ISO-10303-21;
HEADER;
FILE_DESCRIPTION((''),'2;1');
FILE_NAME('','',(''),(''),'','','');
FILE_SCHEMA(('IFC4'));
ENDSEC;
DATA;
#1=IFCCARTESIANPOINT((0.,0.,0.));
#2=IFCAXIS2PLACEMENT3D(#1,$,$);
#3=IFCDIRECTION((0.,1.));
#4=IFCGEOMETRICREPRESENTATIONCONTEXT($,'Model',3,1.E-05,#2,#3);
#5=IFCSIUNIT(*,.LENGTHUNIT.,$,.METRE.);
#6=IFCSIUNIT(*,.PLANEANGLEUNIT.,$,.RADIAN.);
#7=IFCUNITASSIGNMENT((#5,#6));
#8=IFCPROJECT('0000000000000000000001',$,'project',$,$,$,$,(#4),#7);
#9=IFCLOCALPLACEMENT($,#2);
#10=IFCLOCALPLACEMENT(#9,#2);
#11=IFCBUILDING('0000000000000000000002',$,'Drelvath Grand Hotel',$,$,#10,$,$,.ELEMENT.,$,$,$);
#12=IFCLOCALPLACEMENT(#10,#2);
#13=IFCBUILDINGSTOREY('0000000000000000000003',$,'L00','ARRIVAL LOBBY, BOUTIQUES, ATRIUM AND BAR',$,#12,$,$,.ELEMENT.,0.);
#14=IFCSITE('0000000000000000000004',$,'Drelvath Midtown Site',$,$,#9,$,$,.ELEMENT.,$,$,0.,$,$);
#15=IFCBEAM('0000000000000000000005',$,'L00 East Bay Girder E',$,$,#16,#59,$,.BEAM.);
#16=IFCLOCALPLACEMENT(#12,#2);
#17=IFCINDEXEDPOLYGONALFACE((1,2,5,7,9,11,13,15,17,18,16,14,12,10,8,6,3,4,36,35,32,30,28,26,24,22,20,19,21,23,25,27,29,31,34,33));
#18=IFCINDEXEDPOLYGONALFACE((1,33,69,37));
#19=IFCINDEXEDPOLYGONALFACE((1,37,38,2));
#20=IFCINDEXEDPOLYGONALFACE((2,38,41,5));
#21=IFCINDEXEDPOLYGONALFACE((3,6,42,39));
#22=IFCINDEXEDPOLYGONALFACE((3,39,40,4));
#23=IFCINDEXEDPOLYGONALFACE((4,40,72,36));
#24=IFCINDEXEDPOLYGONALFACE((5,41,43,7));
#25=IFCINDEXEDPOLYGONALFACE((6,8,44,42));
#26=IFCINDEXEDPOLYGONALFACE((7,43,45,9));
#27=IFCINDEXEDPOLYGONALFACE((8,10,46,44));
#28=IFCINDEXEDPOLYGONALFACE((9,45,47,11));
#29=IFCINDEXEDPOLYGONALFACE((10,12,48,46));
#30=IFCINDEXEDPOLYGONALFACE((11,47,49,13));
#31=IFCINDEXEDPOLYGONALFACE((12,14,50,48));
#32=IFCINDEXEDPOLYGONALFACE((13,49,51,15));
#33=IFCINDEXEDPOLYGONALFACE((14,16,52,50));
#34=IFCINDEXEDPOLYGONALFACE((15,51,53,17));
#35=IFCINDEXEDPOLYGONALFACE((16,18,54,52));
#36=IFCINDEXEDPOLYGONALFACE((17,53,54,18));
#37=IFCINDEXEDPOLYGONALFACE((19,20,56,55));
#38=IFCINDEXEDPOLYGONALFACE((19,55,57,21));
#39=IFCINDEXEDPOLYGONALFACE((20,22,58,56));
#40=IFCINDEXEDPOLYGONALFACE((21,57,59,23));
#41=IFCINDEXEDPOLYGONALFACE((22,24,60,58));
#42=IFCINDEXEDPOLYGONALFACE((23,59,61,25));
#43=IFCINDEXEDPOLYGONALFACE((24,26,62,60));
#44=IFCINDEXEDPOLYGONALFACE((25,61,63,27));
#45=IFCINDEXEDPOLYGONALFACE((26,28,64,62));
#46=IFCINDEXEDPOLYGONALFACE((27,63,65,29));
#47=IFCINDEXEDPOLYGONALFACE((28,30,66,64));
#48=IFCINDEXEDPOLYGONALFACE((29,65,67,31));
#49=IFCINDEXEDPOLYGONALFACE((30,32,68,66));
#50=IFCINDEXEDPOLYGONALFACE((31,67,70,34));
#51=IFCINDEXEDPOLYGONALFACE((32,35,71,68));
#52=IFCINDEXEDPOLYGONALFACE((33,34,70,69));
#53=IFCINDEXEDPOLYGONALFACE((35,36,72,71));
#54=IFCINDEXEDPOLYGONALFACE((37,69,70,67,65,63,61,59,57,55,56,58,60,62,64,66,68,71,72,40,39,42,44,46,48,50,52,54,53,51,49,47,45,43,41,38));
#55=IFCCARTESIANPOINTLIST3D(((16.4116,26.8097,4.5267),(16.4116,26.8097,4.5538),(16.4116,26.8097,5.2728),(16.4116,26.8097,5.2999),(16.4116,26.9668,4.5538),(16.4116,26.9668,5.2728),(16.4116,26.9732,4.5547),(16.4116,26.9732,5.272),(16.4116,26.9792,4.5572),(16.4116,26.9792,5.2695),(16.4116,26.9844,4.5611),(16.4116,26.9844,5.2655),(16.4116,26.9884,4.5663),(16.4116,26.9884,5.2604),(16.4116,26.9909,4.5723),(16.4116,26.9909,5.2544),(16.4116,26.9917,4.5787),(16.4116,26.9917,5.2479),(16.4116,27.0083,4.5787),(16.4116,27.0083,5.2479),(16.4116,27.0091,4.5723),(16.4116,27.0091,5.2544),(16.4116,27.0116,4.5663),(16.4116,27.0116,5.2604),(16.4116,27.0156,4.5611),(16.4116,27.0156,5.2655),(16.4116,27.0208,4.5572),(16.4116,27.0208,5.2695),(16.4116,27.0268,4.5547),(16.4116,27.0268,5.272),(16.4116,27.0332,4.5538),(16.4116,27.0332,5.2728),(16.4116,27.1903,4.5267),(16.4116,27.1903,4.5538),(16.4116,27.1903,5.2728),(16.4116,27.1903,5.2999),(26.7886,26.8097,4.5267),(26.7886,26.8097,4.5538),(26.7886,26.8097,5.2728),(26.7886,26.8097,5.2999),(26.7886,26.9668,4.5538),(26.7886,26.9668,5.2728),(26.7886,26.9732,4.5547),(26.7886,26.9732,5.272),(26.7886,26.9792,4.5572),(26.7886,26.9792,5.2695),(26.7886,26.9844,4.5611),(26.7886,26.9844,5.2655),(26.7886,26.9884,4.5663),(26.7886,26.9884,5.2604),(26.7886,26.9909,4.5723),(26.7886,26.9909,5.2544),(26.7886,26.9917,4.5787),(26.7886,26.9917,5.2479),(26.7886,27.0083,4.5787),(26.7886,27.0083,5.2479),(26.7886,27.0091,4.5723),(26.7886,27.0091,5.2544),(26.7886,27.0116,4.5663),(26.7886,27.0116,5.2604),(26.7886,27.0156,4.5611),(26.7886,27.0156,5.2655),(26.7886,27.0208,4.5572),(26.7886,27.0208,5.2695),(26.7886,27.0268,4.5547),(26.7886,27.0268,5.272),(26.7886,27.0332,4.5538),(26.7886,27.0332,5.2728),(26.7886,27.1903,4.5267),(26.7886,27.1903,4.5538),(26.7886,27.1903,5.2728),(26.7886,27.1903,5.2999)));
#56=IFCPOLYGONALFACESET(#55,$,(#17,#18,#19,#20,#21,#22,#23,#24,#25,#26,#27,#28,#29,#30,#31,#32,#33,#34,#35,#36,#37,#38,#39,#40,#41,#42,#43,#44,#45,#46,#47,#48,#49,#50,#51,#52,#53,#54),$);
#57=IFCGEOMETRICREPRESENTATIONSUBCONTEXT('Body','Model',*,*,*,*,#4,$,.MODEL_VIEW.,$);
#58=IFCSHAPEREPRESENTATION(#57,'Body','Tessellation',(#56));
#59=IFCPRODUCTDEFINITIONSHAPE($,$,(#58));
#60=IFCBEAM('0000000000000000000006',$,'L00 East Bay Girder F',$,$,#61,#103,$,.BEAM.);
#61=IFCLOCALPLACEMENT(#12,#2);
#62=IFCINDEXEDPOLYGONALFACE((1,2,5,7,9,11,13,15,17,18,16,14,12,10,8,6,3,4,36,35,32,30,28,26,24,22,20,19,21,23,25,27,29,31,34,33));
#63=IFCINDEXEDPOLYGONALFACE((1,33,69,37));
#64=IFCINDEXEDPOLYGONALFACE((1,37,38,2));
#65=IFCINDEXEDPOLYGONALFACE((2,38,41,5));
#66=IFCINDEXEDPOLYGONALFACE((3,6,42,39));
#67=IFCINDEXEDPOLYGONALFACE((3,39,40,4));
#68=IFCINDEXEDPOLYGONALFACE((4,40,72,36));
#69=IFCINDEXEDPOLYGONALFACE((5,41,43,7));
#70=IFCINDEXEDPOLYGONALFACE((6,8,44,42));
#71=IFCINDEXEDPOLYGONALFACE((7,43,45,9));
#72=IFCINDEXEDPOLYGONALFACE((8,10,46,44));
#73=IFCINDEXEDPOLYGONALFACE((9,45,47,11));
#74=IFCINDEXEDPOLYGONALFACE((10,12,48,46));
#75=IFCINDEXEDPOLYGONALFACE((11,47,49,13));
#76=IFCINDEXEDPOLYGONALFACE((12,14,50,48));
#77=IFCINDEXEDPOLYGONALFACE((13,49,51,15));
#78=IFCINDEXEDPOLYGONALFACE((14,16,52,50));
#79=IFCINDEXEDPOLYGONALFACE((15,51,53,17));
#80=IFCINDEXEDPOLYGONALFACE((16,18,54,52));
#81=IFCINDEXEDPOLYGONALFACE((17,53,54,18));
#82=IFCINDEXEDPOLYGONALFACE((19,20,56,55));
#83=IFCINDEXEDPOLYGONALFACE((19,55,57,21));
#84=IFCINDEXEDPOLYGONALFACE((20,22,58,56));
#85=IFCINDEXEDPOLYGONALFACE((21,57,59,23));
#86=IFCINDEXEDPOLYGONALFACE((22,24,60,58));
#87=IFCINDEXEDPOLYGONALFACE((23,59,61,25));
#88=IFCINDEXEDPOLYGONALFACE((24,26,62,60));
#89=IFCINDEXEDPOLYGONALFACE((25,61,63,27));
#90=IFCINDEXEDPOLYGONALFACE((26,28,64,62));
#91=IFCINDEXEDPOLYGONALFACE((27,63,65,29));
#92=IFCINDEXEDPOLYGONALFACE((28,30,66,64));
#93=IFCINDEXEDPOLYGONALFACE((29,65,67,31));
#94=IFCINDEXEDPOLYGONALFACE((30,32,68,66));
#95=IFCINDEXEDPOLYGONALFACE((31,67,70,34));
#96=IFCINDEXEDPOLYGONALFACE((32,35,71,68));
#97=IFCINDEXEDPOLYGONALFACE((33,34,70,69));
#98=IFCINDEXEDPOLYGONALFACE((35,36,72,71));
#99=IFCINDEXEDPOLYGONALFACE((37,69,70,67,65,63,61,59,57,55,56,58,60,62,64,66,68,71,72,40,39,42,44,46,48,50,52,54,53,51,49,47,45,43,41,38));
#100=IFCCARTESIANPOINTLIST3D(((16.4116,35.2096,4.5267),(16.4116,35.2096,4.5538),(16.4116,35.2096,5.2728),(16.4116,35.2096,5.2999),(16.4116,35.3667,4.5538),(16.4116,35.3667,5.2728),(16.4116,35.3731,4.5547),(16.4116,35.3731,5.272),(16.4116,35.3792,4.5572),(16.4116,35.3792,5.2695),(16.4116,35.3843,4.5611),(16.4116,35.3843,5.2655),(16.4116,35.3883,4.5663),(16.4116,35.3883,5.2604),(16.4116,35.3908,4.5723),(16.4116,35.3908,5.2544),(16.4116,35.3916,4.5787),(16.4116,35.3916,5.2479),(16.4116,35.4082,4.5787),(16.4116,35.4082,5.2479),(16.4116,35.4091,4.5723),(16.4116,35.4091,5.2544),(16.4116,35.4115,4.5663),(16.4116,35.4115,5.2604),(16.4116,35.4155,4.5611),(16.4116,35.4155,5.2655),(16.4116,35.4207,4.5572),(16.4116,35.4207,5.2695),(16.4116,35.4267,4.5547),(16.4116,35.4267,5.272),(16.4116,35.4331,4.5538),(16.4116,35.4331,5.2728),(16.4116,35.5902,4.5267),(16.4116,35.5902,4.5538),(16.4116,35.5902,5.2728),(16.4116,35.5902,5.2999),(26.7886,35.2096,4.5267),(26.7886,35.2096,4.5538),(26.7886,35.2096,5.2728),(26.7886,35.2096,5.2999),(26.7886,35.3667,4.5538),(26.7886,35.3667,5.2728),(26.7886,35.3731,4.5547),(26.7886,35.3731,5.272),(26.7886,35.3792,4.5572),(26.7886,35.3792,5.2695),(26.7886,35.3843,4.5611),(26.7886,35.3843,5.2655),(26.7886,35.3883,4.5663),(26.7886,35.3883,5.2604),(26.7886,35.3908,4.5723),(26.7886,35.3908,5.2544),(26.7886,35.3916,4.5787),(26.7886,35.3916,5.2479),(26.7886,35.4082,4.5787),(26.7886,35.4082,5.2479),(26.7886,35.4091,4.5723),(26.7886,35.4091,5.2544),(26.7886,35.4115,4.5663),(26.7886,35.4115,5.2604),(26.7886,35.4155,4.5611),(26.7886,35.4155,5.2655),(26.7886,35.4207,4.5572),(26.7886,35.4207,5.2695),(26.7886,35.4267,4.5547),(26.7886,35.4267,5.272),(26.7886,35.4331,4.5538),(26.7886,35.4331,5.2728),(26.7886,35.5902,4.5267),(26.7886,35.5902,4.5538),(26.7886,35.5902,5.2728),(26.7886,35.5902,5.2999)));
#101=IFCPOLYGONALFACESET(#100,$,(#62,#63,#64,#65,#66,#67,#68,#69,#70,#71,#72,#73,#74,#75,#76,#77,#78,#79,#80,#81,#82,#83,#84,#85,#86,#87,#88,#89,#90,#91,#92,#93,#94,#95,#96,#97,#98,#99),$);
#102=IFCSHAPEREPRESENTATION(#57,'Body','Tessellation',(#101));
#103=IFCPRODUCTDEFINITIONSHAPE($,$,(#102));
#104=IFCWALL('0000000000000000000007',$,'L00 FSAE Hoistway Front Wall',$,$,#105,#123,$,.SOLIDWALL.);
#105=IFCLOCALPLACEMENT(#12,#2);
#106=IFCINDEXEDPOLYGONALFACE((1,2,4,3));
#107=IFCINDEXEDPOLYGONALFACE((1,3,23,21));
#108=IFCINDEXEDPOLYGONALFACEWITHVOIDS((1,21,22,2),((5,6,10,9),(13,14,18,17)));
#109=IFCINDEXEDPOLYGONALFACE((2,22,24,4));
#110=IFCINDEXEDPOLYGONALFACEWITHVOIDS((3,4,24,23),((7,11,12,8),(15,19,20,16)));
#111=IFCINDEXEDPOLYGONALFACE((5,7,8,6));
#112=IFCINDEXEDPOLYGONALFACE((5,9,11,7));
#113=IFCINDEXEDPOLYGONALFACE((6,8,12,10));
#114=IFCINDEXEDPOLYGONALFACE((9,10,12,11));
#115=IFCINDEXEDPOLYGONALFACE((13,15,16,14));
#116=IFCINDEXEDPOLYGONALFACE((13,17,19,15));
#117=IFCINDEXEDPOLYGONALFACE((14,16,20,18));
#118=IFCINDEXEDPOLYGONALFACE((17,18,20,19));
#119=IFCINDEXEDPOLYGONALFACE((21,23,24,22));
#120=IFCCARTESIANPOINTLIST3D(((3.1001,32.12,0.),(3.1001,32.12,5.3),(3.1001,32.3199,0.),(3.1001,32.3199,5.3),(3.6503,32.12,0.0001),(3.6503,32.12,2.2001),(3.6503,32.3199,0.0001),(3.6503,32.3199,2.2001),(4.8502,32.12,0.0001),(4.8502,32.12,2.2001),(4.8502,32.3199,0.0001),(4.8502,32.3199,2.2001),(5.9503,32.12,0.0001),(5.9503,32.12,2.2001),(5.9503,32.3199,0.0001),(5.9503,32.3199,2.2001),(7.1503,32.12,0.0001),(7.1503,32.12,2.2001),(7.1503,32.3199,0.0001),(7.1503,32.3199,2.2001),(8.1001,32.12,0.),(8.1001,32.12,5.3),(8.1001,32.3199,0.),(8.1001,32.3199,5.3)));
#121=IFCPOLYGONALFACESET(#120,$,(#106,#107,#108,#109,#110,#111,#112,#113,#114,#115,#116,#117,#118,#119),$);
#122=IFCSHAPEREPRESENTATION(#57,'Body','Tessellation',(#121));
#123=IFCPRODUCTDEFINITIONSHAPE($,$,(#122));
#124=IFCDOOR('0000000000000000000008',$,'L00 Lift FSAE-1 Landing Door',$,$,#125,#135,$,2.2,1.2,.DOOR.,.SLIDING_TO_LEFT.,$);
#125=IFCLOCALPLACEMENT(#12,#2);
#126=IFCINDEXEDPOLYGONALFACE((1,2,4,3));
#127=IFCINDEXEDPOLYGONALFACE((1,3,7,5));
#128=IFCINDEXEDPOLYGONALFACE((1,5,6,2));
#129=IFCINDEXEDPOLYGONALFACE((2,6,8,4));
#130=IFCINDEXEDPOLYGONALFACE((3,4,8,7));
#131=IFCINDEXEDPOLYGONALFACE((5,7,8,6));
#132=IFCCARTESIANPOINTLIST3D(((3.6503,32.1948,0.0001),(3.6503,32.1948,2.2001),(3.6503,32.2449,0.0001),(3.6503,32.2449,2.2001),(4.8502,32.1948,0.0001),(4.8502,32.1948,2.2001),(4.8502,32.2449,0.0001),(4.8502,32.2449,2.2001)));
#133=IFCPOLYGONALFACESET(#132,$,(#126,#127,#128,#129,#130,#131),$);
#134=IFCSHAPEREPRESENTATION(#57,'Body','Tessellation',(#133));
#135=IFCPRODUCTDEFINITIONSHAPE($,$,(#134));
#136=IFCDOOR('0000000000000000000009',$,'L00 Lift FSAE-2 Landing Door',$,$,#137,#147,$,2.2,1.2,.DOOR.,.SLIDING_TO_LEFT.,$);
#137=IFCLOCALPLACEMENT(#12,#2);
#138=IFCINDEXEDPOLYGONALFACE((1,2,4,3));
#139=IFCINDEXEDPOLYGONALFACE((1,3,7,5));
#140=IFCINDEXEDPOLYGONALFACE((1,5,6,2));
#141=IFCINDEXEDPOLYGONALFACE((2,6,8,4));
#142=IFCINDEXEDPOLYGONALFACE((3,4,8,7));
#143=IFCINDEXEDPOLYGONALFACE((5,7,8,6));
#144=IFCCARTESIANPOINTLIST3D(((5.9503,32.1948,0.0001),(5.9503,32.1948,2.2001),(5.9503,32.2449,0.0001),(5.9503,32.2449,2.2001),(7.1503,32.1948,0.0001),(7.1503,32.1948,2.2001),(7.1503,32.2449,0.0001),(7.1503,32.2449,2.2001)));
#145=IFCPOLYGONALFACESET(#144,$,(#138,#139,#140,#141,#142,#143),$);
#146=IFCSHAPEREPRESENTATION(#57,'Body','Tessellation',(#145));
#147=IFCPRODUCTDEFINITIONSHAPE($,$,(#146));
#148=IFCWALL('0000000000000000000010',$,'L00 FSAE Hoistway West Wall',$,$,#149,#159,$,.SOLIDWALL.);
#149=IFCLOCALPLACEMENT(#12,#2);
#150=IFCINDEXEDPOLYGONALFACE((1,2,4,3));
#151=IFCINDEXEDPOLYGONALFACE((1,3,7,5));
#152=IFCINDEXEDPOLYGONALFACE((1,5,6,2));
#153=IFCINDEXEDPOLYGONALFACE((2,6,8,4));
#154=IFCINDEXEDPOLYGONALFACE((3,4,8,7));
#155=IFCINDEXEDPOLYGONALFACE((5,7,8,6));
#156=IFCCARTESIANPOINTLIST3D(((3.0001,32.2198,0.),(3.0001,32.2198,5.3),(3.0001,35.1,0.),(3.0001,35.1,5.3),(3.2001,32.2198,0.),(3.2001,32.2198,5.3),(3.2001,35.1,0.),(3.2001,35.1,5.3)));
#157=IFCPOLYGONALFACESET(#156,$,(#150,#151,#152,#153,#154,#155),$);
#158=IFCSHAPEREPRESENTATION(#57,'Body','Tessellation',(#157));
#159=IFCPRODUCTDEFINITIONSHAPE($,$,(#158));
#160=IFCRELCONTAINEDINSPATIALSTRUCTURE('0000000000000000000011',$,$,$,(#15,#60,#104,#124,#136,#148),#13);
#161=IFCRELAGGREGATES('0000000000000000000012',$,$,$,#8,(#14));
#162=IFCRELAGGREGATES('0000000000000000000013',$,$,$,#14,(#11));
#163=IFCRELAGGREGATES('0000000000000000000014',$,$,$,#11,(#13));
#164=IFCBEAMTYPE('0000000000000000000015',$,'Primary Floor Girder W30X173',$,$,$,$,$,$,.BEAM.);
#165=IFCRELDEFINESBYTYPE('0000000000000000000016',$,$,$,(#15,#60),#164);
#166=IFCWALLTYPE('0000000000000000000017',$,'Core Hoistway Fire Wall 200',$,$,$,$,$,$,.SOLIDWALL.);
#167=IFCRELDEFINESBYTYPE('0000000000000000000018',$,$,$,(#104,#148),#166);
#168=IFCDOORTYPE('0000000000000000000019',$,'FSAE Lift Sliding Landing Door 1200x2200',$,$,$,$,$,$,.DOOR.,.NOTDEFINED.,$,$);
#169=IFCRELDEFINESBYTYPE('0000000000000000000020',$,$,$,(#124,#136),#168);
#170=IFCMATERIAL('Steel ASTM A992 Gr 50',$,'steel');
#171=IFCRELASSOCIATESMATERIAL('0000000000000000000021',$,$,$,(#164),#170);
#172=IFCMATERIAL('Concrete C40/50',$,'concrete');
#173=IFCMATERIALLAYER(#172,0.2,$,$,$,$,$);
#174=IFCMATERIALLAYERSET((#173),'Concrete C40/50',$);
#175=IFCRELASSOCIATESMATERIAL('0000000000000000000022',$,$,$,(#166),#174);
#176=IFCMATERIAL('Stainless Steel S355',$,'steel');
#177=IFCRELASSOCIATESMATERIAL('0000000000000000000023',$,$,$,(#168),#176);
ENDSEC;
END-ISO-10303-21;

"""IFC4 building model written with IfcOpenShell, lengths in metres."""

from ifc_helpers import new_model, si_unit, direction, frame, frame_2d, origin, origin_2d, place, context, subcontext, project, spatial, rectangle, i_section, extrude, material, layer, layer_set, material_profile, profile_set, type_object, element, fill, save


model = new_model("IFC4")

# Units and contexts
model_context = context("Model", 3, precision=1e-05, world=origin(), true_north=direction((0.0, 1.0)))
body_context = subcontext(model_context, "Body", "Model", "MODEL_VIEW")
ifc_project = project(units=[si_unit("LENGTHUNIT", "METRE"), si_unit("PLANEANGLEUNIT", "RADIAN")], contexts=[model_context])

# Site, building, storey
site_placement = place(None, origin())
site = spatial("IfcSite", under=ifc_project, at=site_placement, Name="Drelvath Midtown Site", CompositionType="ELEMENT", RefElevation=0.0)
building_placement = place(site_placement, origin())
building = spatial("IfcBuilding", under=site, at=building_placement, Name="Drelvath Grand Hotel", CompositionType="ELEMENT")
storey_placement = place(building_placement, origin())
storey = spatial("IfcBuildingStorey", under=building, at=storey_placement, Name="L00", Description="ARRIVAL LOBBY, BOUTIQUES, ATRIUM AND BAR", CompositionType="ELEMENT", Elevation=0.0)

# Beams
ifc_material_1 = material(Name="Steel ASTM A992 Gr 50", Category="steel")
ifc_material_profile_1 = material_profile(ifc_material_1, i_section(OverallWidth=0.3806, OverallDepth=0.7732, WebThickness=0.0166, FlangeThickness=0.0271, FilletRadius=0.0249, at=origin_2d()), Name="W30X173")
ifc_profile_set_1 = profile_set([ifc_material_profile_1], Name="Steel ASTM A992 Gr 50")
beam_type_1 = type_object("IfcBeamType", Name="Primary Floor Girder W30X173", PredefinedType="BEAM", material=ifc_profile_set_1)
for number, where, z_axis, x_axis, name in (
    (1, (16.4116, 27.0, 4.9133), (1.0, 0.0, 0.0), (0.0, 1.0, 0.0), "L00 East Bay Girder E"),
    (2, (16.4116, 35.3999, 4.9133), (1.0, 0.0, 0.0), (0.0, 1.0, 0.0), "L00 East Bay Girder F"),
):
    element("IfcBeam", number, at=place(storey_placement, frame(where, z_axis=z_axis, x_axis=x_axis)), inside=storey, type_object=beam_type_1, Name=name, PredefinedType="BEAM", context=body_context, shape_type="SweptSolid", body=[
        extrude(i_section(OverallWidth=0.3806, OverallDepth=0.7732, WebThickness=0.0166, FlangeThickness=0.0271, FilletRadius=0.0249, at=origin_2d()), origin(), (0.0, 0.0, 1.0), 10.377),
    ])

# Wall, openings, doors
ifc_material_2 = material(Name="Concrete C40/50", Category="concrete")
ifc_layer_1 = layer(ifc_material_2, 0.2)
ifc_layer_set_1 = layer_set([ifc_layer_1], Name="Concrete C40/50")
wall_type_1 = type_object("IfcWallType", Name="Core Hoistway Fire Wall 200", PredefinedType="SOLIDWALL", material=ifc_layer_set_1)
wall_1_placement = place(storey_placement, frame((3.1001, 32.22, 0.0), z_axis=(0.0, 0.0, 1.0), x_axis=(1.0, 0.0, 0.0)))
wall_1 = element("IfcWall", 3, at=wall_1_placement, inside=storey, type_object=wall_type_1, Name="L00 FSAE Hoistway Front Wall", PredefinedType="SOLIDWALL", context=body_context, shape_type="SweptSolid", body=[
    extrude(rectangle(XDim=5.0, YDim=0.2, at=frame_2d((2.5, 0.0))), origin(), (0.0, 0.0, 1.0), 5.3),
])
opening_1_placement = place(wall_1_placement, frame((0.55, 0.0, 0.0)))
opening_1 = element("IfcOpeningElement", 4, at=opening_1_placement, cuts=wall_1, PredefinedType="OPENING", context=body_context, shape_type="SweptSolid", body=[
    extrude(rectangle(XDim=1.2, YDim=2.2, at=frame_2d((0.6001, 1.1001))), frame((0.0, 0.1099, 0.0), z_axis=(0.0, -1.0, 0.0), x_axis=(1.0, 0.0, 0.0)), (0.0, 0.0, 1.0), 0.22),
])
opening_2_placement = place(wall_1_placement, frame((2.8501, 0.0, 0.0)))
opening_2 = element("IfcOpeningElement", 5, at=opening_2_placement, cuts=wall_1, PredefinedType="OPENING", context=body_context, shape_type="SweptSolid", body=[
    extrude(rectangle(XDim=1.2, YDim=2.2, at=frame_2d((0.6001, 1.1001))), frame((0.0, 0.1099, 0.0), z_axis=(0.0, -1.0, 0.0), x_axis=(1.0, 0.0, 0.0)), (0.0, 0.0, 1.0), 0.22),
])
ifc_material_3 = material(Name="Stainless Steel S355", Category="steel")
door_type_1 = type_object("IfcDoorType", Name="FSAE Lift Sliding Landing Door 1200x2200", OperationType="NOTDEFINED", PredefinedType="DOOR", material=ifc_material_3)
door_1_placement = place(opening_1_placement, origin())
door_1 = element("IfcDoor", 6, at=door_1_placement, inside=storey, type_object=door_type_1, Name="L00 Lift FSAE-1 Landing Door", OperationType="SLIDING_TO_LEFT", OverallHeight=2.2, OverallWidth=1.2, PredefinedType="DOOR", context=body_context, shape_type="SweptSolid", body=[
    extrude(rectangle(XDim=1.2, YDim=2.2, at=frame_2d((0.6001, 1.1001))), frame((0.0, 0.0249, 0.0), z_axis=(0.0, -1.0, 0.0), x_axis=(1.0, 0.0, 0.0)), (0.0, 0.0, 1.0), 0.05),
])
fill(opening_1, door_1)
door_2_placement = place(opening_2_placement, origin())
door_2 = element("IfcDoor", 7, at=door_2_placement, inside=storey, type_object=door_type_1, Name="L00 Lift FSAE-2 Landing Door", OperationType="SLIDING_TO_LEFT", OverallHeight=2.2, OverallWidth=1.2, PredefinedType="DOOR", context=body_context, shape_type="SweptSolid", body=[
    extrude(rectangle(XDim=1.2, YDim=2.2, at=frame_2d((0.6001, 1.1001))), frame((0.0, 0.0249, 0.0), z_axis=(0.0, -1.0, 0.0), x_axis=(1.0, 0.0, 0.0)), (0.0, 0.0, 1.0), 0.05),
])
fill(opening_2, door_2)

# Wall
wall_2_placement = place(storey_placement, frame((3.1001, 32.22, 0.0), z_axis=(0.0, 0.0, 1.0), x_axis=(0.0, 1.0, 0.0)))
element("IfcWall", 8, at=wall_2_placement, inside=storey, type_object=wall_type_1, Name="L00 FSAE Hoistway West Wall", PredefinedType="SOLIDWALL", context=body_context, shape_type="SweptSolid", body=[
    extrude(rectangle(XDim=2.8801, YDim=0.2, at=frame_2d((1.4399, 0.0))), origin(), (0.0, 0.0, 1.0), 5.3),
])

save(model, "model.ifc")
